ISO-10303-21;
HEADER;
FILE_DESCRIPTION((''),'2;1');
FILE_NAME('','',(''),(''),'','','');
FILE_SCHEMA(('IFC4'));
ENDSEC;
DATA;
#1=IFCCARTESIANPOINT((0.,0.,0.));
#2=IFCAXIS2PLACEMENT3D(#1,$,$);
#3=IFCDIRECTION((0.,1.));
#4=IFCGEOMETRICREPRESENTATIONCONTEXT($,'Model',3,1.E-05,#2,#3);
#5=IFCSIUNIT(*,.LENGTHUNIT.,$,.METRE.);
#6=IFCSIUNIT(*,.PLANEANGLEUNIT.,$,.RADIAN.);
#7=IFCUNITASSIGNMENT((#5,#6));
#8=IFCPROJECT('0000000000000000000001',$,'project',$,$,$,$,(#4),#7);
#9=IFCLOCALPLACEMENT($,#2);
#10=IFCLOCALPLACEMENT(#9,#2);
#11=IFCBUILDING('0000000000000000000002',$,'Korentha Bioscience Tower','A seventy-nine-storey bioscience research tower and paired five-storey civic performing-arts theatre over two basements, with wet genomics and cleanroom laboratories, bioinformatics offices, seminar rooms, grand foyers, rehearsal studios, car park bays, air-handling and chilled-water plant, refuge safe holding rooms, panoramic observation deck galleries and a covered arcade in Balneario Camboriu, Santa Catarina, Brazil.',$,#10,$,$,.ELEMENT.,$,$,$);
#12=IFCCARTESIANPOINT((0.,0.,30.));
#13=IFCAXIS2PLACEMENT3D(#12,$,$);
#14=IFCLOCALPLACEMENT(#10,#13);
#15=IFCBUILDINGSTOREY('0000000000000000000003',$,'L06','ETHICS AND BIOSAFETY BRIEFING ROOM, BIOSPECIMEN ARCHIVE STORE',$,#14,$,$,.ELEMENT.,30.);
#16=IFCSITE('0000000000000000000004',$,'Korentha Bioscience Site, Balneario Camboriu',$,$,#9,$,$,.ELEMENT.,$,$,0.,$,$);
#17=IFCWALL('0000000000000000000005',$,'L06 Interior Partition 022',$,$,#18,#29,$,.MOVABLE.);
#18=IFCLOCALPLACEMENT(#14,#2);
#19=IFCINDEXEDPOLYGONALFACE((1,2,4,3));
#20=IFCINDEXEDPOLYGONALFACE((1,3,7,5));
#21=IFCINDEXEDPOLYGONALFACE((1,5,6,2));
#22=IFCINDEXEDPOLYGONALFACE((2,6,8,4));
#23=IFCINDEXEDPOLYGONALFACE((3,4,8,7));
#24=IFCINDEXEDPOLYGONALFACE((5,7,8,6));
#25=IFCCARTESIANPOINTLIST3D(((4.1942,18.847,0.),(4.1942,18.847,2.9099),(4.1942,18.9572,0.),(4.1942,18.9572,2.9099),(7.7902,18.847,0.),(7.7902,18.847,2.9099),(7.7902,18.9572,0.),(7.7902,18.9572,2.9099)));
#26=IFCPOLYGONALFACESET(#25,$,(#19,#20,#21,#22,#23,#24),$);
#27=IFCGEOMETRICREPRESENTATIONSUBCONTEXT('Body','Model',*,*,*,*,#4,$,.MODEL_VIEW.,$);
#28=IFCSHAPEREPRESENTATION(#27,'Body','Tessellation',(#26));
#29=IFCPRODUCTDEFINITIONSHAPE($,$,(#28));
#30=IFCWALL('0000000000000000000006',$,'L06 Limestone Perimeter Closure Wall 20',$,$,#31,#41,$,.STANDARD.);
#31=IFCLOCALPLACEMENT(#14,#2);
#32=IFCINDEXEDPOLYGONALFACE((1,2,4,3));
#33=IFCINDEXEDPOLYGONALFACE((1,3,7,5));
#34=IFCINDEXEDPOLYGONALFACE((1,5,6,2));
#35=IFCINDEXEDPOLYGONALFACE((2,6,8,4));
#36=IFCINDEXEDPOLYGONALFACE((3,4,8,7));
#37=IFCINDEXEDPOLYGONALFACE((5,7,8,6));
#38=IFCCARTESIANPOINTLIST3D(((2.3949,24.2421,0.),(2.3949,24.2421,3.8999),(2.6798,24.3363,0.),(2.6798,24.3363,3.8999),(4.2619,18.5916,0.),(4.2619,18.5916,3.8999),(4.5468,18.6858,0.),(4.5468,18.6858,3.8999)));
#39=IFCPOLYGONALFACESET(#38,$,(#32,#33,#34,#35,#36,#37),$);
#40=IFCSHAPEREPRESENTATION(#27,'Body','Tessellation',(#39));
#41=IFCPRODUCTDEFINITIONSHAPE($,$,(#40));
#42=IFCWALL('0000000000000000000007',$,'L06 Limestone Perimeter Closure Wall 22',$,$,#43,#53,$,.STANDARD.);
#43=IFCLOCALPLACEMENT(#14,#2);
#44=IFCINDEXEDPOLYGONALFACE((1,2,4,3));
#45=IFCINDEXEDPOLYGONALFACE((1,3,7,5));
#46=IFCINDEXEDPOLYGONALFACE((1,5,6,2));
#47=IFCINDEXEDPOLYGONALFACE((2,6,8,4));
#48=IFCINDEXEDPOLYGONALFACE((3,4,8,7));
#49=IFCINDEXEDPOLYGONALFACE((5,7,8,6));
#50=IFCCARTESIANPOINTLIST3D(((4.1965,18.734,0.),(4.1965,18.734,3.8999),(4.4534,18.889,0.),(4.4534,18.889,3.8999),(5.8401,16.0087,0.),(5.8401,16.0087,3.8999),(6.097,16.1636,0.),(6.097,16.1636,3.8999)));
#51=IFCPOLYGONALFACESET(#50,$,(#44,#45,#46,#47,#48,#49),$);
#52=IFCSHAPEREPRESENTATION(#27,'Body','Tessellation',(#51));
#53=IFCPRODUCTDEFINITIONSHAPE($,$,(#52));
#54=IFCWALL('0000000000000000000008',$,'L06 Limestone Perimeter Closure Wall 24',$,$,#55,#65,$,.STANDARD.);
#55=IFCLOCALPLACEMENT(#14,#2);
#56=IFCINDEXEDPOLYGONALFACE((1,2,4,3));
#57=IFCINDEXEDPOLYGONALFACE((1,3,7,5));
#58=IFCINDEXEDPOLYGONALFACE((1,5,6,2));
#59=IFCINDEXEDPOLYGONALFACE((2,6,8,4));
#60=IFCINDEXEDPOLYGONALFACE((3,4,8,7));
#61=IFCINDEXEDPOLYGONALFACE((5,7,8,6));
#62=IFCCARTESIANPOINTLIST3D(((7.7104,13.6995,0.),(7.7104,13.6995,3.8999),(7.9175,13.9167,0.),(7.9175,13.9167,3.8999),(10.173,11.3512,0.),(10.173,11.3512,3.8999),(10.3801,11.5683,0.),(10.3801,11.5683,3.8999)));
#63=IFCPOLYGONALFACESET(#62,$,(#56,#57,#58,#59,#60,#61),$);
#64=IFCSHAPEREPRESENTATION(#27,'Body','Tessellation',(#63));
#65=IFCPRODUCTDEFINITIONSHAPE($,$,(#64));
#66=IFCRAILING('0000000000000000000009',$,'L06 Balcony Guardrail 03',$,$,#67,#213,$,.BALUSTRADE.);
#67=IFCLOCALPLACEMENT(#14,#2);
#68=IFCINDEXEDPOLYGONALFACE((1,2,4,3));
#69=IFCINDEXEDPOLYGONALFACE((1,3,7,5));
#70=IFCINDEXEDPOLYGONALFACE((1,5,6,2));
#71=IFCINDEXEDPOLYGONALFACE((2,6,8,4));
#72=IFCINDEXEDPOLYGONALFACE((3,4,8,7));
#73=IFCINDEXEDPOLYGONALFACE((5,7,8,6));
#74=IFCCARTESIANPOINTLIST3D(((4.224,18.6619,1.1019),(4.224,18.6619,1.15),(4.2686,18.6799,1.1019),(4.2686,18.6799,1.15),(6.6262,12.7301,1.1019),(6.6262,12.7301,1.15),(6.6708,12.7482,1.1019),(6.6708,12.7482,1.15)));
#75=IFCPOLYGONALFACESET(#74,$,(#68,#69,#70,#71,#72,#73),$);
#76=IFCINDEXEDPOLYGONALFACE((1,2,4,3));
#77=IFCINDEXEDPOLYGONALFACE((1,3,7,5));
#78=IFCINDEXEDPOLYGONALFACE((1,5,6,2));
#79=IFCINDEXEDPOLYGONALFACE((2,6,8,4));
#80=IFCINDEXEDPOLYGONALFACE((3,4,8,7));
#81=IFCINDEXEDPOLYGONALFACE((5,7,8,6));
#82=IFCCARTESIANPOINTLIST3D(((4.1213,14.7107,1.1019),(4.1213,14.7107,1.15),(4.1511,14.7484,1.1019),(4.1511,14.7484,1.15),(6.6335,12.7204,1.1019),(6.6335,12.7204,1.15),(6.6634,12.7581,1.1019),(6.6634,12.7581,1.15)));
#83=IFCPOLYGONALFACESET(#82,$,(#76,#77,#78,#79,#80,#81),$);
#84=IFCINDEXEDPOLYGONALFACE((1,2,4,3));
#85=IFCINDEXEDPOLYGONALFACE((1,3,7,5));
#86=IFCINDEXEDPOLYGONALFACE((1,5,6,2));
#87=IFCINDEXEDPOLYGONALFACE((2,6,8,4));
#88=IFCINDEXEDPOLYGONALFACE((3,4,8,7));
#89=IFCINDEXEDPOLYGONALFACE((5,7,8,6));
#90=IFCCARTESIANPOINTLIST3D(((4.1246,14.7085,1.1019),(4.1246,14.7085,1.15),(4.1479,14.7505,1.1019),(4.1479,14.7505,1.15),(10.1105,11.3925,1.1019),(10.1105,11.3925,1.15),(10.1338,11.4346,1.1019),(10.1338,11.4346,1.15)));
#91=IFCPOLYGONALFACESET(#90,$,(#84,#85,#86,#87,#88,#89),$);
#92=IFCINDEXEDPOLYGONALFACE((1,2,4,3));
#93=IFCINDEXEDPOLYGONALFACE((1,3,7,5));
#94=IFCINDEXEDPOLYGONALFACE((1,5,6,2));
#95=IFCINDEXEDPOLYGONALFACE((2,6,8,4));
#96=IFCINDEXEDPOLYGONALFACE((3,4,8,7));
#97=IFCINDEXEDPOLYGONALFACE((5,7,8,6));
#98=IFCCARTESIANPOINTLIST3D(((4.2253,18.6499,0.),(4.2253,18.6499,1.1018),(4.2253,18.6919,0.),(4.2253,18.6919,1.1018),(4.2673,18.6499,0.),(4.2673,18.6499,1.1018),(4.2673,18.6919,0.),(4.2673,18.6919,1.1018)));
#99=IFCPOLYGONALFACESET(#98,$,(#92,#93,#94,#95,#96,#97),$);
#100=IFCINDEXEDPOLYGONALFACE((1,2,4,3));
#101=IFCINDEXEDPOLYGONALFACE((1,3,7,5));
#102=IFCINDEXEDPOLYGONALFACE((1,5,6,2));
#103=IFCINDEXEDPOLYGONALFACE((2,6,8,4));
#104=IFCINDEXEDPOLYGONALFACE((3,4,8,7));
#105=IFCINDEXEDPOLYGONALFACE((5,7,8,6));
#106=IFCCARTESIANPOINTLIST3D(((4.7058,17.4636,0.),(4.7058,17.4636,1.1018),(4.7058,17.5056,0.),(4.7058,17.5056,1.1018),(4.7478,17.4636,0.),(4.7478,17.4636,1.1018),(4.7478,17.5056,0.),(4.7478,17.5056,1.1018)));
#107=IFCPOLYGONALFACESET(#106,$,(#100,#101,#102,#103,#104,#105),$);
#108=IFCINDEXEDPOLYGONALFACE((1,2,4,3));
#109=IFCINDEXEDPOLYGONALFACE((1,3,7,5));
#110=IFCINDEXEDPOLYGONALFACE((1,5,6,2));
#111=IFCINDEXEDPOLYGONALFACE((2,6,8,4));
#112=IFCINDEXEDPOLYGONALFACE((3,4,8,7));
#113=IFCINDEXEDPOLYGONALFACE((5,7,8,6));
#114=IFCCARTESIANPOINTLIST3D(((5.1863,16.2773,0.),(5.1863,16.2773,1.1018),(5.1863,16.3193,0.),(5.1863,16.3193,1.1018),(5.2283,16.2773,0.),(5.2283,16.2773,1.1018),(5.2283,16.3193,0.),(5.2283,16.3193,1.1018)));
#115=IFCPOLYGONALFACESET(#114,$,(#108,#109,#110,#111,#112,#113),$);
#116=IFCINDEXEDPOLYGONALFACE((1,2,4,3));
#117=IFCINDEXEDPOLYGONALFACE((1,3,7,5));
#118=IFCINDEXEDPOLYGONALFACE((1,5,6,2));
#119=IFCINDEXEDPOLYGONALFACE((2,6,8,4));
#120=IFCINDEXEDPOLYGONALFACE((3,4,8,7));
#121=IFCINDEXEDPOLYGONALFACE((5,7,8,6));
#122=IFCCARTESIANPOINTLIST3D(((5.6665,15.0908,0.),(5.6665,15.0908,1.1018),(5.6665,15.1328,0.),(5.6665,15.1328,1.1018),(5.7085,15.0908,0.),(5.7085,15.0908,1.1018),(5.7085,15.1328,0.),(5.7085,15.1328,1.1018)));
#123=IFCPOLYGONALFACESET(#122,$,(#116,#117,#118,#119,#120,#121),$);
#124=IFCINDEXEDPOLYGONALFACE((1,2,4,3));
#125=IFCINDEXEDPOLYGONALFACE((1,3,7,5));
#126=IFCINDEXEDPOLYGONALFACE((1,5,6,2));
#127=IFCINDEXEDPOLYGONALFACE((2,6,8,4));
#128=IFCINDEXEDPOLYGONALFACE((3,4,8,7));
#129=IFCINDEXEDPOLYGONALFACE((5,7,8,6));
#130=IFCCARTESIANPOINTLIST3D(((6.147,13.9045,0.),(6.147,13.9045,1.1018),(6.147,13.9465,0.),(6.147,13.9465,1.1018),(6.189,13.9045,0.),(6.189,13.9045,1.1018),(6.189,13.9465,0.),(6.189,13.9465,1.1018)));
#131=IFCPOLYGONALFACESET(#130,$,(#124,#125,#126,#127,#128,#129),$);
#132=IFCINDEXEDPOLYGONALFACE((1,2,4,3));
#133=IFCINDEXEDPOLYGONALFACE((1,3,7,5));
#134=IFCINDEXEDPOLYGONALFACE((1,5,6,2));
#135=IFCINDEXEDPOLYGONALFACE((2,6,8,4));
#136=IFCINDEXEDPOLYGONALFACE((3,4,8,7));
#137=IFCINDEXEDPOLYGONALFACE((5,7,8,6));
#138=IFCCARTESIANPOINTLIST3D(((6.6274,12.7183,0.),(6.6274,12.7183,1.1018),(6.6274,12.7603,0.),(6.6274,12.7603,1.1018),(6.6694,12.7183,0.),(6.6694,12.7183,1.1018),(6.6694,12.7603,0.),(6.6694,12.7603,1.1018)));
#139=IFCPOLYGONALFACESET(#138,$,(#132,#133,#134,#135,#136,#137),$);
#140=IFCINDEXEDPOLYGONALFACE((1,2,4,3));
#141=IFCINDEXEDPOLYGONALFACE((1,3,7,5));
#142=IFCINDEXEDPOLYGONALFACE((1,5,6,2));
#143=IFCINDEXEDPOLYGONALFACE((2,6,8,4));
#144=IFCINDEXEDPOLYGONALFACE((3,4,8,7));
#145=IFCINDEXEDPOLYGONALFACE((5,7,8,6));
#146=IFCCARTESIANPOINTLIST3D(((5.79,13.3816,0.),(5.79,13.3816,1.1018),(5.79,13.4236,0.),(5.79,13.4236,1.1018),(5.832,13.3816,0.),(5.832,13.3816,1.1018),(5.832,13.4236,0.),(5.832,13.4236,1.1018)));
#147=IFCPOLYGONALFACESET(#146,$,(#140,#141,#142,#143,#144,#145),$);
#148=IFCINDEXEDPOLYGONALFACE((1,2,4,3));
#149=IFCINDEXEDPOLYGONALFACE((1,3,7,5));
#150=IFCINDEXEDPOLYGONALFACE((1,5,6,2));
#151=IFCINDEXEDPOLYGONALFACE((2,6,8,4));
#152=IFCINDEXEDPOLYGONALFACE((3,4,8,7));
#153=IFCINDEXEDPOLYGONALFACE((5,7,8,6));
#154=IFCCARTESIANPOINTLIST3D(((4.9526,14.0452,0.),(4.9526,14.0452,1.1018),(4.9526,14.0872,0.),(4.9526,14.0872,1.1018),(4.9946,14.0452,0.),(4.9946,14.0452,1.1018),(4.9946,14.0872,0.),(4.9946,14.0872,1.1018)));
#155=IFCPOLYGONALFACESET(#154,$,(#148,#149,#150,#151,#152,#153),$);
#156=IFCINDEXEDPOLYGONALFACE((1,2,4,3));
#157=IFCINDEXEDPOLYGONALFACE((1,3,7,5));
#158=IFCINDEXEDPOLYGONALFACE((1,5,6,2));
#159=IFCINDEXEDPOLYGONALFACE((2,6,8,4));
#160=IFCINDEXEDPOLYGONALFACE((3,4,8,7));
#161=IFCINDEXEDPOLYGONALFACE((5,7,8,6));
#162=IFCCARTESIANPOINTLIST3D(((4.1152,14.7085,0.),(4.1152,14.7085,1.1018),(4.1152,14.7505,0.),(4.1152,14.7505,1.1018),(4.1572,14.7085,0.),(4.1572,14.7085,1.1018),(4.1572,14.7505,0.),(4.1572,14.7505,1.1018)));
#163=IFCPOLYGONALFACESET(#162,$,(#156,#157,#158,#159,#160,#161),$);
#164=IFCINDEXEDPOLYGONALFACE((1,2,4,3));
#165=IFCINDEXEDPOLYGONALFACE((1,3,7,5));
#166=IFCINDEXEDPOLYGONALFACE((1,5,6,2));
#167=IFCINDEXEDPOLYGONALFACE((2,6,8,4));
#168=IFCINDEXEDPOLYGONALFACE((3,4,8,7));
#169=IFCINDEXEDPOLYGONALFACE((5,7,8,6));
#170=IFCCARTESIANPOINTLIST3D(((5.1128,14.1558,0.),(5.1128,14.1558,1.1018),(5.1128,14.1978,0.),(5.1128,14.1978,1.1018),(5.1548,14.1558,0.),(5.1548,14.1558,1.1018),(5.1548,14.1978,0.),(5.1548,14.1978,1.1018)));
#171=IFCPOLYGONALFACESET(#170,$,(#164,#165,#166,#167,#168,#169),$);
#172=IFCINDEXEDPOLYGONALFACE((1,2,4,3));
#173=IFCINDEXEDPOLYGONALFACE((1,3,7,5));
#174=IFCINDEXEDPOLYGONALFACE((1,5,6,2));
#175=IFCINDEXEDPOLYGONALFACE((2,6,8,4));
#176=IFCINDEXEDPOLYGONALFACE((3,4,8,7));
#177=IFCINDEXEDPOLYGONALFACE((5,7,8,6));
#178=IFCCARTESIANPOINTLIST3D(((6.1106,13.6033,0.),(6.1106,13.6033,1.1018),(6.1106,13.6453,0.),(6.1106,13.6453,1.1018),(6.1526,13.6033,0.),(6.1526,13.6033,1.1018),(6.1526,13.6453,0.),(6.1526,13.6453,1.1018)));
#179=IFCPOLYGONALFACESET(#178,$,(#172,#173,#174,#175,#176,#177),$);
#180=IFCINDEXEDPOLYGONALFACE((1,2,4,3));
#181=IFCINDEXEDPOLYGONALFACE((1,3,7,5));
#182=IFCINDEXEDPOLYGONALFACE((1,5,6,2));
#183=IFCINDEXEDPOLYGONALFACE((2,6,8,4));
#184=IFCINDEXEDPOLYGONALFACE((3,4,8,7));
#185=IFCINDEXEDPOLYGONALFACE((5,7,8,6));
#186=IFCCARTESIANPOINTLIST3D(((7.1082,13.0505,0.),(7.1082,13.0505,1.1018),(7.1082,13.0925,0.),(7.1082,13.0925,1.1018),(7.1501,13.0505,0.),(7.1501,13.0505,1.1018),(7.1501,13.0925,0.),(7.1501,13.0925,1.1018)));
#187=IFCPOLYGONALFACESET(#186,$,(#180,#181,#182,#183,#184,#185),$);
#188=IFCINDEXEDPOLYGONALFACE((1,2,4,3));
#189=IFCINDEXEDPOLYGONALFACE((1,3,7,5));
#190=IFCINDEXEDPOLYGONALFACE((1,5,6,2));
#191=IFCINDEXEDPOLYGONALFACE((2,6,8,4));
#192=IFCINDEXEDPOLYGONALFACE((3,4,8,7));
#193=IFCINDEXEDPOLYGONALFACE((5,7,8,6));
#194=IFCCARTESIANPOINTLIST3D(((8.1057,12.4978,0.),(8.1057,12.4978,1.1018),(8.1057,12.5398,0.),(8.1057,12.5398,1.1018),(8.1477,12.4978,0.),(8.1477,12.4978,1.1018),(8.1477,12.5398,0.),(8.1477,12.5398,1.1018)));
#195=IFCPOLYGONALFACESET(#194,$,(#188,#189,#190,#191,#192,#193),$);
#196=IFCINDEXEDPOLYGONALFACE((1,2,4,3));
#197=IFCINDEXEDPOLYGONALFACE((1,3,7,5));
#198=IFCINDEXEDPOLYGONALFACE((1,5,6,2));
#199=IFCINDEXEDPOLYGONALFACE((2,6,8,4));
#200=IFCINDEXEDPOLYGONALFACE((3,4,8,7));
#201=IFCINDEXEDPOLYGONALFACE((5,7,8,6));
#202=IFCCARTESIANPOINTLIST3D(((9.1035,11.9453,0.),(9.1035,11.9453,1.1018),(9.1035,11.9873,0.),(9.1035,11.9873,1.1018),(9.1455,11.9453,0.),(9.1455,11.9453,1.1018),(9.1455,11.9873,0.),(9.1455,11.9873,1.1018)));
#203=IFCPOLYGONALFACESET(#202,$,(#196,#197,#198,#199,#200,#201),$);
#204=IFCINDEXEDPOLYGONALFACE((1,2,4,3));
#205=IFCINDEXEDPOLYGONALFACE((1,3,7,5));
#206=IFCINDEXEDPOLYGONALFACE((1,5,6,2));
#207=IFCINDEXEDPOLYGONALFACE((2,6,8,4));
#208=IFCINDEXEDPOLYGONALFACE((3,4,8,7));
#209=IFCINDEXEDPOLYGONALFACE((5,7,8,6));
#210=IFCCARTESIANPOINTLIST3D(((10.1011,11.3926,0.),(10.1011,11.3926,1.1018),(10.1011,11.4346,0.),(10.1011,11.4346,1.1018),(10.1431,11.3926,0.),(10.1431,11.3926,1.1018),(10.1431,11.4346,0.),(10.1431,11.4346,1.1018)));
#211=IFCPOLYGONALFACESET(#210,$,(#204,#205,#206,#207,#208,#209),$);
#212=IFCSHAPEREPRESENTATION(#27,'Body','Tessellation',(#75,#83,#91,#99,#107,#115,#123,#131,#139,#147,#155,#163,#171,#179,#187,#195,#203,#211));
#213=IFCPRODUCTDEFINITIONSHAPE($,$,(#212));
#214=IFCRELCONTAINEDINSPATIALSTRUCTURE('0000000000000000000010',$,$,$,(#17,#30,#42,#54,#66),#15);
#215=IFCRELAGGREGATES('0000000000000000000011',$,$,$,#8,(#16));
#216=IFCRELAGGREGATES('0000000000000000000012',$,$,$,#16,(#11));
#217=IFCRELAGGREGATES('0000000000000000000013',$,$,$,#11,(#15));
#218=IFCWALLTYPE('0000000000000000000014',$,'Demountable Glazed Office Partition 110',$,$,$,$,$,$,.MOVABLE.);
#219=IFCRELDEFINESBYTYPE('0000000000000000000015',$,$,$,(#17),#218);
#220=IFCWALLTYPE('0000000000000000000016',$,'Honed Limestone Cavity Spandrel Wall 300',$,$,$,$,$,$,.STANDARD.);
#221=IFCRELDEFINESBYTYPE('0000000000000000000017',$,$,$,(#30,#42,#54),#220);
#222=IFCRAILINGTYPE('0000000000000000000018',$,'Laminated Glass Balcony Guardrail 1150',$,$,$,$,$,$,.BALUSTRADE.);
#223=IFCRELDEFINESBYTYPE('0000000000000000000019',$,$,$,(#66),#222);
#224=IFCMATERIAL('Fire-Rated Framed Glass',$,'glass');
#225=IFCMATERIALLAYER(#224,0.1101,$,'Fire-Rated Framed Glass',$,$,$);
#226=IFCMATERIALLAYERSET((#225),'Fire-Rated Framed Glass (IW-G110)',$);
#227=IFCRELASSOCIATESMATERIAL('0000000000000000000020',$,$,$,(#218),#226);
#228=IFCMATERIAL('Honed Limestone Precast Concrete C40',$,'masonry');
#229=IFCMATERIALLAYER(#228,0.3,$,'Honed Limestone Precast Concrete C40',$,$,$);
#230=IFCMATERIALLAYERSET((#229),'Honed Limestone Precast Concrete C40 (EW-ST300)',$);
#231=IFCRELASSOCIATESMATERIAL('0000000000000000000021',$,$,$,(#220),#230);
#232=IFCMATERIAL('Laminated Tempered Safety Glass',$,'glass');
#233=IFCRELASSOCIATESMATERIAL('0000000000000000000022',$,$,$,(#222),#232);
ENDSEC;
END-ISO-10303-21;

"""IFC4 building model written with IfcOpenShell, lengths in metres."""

from ifc_helpers import new_model, si_unit, direction, frame, frame_2d, origin, origin_2d, place, context, subcontext, project, spatial, rectangle, extrude, material, layer, layer_set, type_object, element, save


model = new_model("IFC4")

# Units and contexts
model_context = context("Model", 3, precision=1e-05, world=origin(), true_north=direction((0.0, 1.0)))
body_context = subcontext(model_context, "Body", "Model", "MODEL_VIEW")
ifc_project = project(units=[si_unit("LENGTHUNIT", "METRE"), si_unit("PLANEANGLEUNIT", "RADIAN")], contexts=[model_context])

# Site, building, storey
site_placement = place(None, origin())
site = spatial("IfcSite", under=ifc_project, at=site_placement, Name="Korentha Bioscience Site, Balneario Camboriu", CompositionType="ELEMENT", RefElevation=0.0)
building_placement = place(site_placement, origin())
building = spatial("IfcBuilding", under=site, at=building_placement, Name="Korentha Bioscience Tower", Description="A seventy-nine-storey bioscience research tower and paired five-storey civic performing-arts theatre over two basements, with wet genomics and cleanroom laboratories, bioinformatics offices, seminar rooms, grand foyers, rehearsal studios, car park bays, air-handling and chilled-water plant, refuge safe holding rooms, panoramic observation deck galleries and a covered arcade in Balneario Camboriu, Santa Catarina, Brazil.", CompositionType="ELEMENT")
storey_placement = place(building_placement, frame((0.0, 0.0, 30.0)))
storey = spatial("IfcBuildingStorey", under=building, at=storey_placement, Name="L06", Description="ETHICS AND BIOSAFETY BRIEFING ROOM, BIOSPECIMEN ARCHIVE STORE", CompositionType="ELEMENT", Elevation=30.0)

# Wall
ifc_material_1 = material(Name="Fire-Rated Framed Glass", Category="glass")
ifc_layer_1 = layer(ifc_material_1, 0.1101, Name="Fire-Rated Framed Glass")
ifc_layer_set_1 = layer_set([ifc_layer_1], Name="Fire-Rated Framed Glass (IW-G110)")
wall_type_1 = type_object("IfcWallType", Name="Demountable Glazed Office Partition 110", PredefinedType="MOVABLE", material=ifc_layer_set_1)
wall_1_placement = place(storey_placement, frame((7.79, 18.9021, 0.0), z_axis=(0.0, 0.0, 1.0), x_axis=(-1.0, 0.0, 0.0)))
element("IfcWall", 1, at=wall_1_placement, inside=storey, type_object=wall_type_1, Name="L06 Interior Partition 022", PredefinedType="MOVABLE", context=body_context, shape_type="SweptSolid", body=[
    extrude(rectangle(XDim=3.5959, YDim=0.1101, at=frame_2d((1.7979, 0.0))), origin(), (0.0, 0.0, 1.0), 2.9099),
])

# Shared definitions
ifc_material_2 = material(Name="Honed Limestone Precast Concrete C40", Category="masonry")
ifc_layer_2 = layer(ifc_material_2, 0.3, Name="Honed Limestone Precast Concrete C40")
ifc_layer_set_2 = layer_set([ifc_layer_2], Name="Honed Limestone Precast Concrete C40 (EW-ST300)")
wall_type_2 = type_object("IfcWallType", Name="Honed Limestone Cavity Spandrel Wall 300", PredefinedType="STANDARD", material=ifc_layer_set_2)

# Walls
wall_2_placement = place(storey_placement, frame((2.5374, 24.2893, 0.0), z_axis=(0.0, 0.0, 1.0), x_axis=(0.313728, -0.949513, 0.0)))
element("IfcWall", 2, at=wall_2_placement, inside=storey, type_object=wall_type_2, Name="L06 Limestone Perimeter Closure Wall 20", PredefinedType="STANDARD", context=body_context, shape_type="SweptSolid", body=[
    extrude(rectangle(XDim=5.9509, YDim=0.3, at=frame_2d((2.9756, 0.0))), origin(), (0.0, 0.0, 1.0), 3.8999),
])
wall_3_placement = place(storey_placement, frame((4.325, 18.8115, 0.0), z_axis=(0.0, 0.0, 1.0), x_axis=(0.516424, -0.856333, 0.0)))
element("IfcWall", 3, at=wall_3_placement, inside=storey, type_object=wall_type_2, Name="L06 Limestone Perimeter Closure Wall 22", PredefinedType="STANDARD", context=body_context, shape_type="SweptSolid", body=[
    extrude(rectangle(XDim=3.1826, YDim=0.3, at=frame_2d((1.5913, 0.0))), origin(), (0.0, 0.0, 1.0), 3.8999),
])
wall_4_placement = place(storey_placement, frame((7.814, 13.8081, 0.0), z_axis=(0.0, 0.0, 1.0), x_axis=(0.723696, -0.690119, 0.0)))
element("IfcWall", 4, at=wall_4_placement, inside=storey, type_object=wall_type_2, Name="L06 Limestone Perimeter Closure Wall 24", PredefinedType="STANDARD", context=body_context, shape_type="SweptSolid", body=[
    extrude(rectangle(XDim=3.4028, YDim=0.3, at=frame_2d((1.7014, 0.0))), origin(), (0.0, 0.0, 1.0), 3.8999),
])

# Railing
ifc_material_3 = material(Name="Laminated Tempered Safety Glass", Category="glass")
railing_type = type_object("IfcRailingType", Name="Laminated Glass Balcony Guardrail 1150", PredefinedType="BALUSTRADE", material=ifc_material_3)
railing_placement = place(storey_placement, frame((4.2463, 18.6709, 0.0)))
element("IfcRailing", 5, at=railing_placement, inside=storey, type_object=railing_type, Name="L06 Balcony Guardrail 03", PredefinedType="BALUSTRADE", context=body_context, shape_type="SweptSolid", body=[
    extrude(rectangle(XDim=0.0481, YDim=0.0481, at=origin_2d()), frame((0.0, 0.0, 1.126), z_axis=(0.375354, -0.926882, 0.0), x_axis=(0.926882, 0.375354, 0.0)), (0.0, 0.0, 1.0), 6.3997),
    extrude(rectangle(XDim=0.0481, YDim=0.0481, at=origin_2d()), frame((2.4021, -5.9316, 1.126), z_axis=(-0.783833, 0.620972, 0.0), x_axis=(-0.620972, -0.783833, 0.0)), (0.0, 0.0, 1.0), 3.2051),
    extrude(rectangle(XDim=0.0481, YDim=0.0481, at=origin_2d()), frame((-0.1101, -3.9414, 1.126), z_axis=(0.874749, -0.484576, 0.0), x_axis=(0.484576, 0.874749, 0.0)), (0.0, 0.0, 1.0), 6.843),
    extrude(rectangle(XDim=0.042, YDim=0.042, at=origin_2d()), origin(), (0.0, 0.0, 1.0), 1.1018),
    extrude(rectangle(XDim=0.042, YDim=0.042, at=origin_2d()), frame((0.4805, -1.1863, 0.0)), (0.0, 0.0, 1.0), 1.1018),
    extrude(rectangle(XDim=0.042, YDim=0.042, at=origin_2d()), frame((0.9609, -2.3726, 0.0)), (0.0, 0.0, 1.0), 1.1018),
    extrude(rectangle(XDim=0.042, YDim=0.042, at=origin_2d()), frame((1.4412, -3.5591, 0.0)), (0.0, 0.0, 1.0), 1.1018),
    extrude(rectangle(XDim=0.042, YDim=0.042, at=origin_2d()), frame((1.9216, -4.7454, 0.0)), (0.0, 0.0, 1.0), 1.1018),
    extrude(rectangle(XDim=0.042, YDim=0.042, at=origin_2d()), frame((2.4021, -5.9316, 0.0)), (0.0, 0.0, 1.0), 1.1018),
    extrude(rectangle(XDim=0.042, YDim=0.042, at=origin_2d()), frame((1.5647, -5.2683, 0.0)), (0.0, 0.0, 1.0), 1.1018),
    extrude(rectangle(XDim=0.042, YDim=0.042, at=origin_2d()), frame((0.7273, -4.6047, 0.0)), (0.0, 0.0, 1.0), 1.1018),
    extrude(rectangle(XDim=0.042, YDim=0.042, at=origin_2d()), frame((-0.1101, -3.9414, 0.0)), (0.0, 0.0, 1.0), 1.1018),
    extrude(rectangle(XDim=0.042, YDim=0.042, at=origin_2d()), frame((0.8875, -4.4941, 0.0)), (0.0, 0.0, 1.0), 1.1018),
    extrude(rectangle(XDim=0.042, YDim=0.042, at=origin_2d()), frame((1.8853, -5.0466, 0.0)), (0.0, 0.0, 1.0), 1.1018),
    extrude(rectangle(XDim=0.042, YDim=0.042, at=origin_2d()), frame((2.8828, -5.5994, 0.0)), (0.0, 0.0, 1.0), 1.1018),
    extrude(rectangle(XDim=0.042, YDim=0.042, at=origin_2d()), frame((3.8804, -6.1521, 0.0)), (0.0, 0.0, 1.0), 1.1018),
    extrude(rectangle(XDim=0.042, YDim=0.042, at=origin_2d()), frame((4.8782, -6.7046, 0.0)), (0.0, 0.0, 1.0), 1.1018),
    extrude(rectangle(XDim=0.042, YDim=0.042, at=origin_2d()), frame((5.8757, -7.2573, 0.0)), (0.0, 0.0, 1.0), 1.1018),
])

save(model, "model.ifc")
